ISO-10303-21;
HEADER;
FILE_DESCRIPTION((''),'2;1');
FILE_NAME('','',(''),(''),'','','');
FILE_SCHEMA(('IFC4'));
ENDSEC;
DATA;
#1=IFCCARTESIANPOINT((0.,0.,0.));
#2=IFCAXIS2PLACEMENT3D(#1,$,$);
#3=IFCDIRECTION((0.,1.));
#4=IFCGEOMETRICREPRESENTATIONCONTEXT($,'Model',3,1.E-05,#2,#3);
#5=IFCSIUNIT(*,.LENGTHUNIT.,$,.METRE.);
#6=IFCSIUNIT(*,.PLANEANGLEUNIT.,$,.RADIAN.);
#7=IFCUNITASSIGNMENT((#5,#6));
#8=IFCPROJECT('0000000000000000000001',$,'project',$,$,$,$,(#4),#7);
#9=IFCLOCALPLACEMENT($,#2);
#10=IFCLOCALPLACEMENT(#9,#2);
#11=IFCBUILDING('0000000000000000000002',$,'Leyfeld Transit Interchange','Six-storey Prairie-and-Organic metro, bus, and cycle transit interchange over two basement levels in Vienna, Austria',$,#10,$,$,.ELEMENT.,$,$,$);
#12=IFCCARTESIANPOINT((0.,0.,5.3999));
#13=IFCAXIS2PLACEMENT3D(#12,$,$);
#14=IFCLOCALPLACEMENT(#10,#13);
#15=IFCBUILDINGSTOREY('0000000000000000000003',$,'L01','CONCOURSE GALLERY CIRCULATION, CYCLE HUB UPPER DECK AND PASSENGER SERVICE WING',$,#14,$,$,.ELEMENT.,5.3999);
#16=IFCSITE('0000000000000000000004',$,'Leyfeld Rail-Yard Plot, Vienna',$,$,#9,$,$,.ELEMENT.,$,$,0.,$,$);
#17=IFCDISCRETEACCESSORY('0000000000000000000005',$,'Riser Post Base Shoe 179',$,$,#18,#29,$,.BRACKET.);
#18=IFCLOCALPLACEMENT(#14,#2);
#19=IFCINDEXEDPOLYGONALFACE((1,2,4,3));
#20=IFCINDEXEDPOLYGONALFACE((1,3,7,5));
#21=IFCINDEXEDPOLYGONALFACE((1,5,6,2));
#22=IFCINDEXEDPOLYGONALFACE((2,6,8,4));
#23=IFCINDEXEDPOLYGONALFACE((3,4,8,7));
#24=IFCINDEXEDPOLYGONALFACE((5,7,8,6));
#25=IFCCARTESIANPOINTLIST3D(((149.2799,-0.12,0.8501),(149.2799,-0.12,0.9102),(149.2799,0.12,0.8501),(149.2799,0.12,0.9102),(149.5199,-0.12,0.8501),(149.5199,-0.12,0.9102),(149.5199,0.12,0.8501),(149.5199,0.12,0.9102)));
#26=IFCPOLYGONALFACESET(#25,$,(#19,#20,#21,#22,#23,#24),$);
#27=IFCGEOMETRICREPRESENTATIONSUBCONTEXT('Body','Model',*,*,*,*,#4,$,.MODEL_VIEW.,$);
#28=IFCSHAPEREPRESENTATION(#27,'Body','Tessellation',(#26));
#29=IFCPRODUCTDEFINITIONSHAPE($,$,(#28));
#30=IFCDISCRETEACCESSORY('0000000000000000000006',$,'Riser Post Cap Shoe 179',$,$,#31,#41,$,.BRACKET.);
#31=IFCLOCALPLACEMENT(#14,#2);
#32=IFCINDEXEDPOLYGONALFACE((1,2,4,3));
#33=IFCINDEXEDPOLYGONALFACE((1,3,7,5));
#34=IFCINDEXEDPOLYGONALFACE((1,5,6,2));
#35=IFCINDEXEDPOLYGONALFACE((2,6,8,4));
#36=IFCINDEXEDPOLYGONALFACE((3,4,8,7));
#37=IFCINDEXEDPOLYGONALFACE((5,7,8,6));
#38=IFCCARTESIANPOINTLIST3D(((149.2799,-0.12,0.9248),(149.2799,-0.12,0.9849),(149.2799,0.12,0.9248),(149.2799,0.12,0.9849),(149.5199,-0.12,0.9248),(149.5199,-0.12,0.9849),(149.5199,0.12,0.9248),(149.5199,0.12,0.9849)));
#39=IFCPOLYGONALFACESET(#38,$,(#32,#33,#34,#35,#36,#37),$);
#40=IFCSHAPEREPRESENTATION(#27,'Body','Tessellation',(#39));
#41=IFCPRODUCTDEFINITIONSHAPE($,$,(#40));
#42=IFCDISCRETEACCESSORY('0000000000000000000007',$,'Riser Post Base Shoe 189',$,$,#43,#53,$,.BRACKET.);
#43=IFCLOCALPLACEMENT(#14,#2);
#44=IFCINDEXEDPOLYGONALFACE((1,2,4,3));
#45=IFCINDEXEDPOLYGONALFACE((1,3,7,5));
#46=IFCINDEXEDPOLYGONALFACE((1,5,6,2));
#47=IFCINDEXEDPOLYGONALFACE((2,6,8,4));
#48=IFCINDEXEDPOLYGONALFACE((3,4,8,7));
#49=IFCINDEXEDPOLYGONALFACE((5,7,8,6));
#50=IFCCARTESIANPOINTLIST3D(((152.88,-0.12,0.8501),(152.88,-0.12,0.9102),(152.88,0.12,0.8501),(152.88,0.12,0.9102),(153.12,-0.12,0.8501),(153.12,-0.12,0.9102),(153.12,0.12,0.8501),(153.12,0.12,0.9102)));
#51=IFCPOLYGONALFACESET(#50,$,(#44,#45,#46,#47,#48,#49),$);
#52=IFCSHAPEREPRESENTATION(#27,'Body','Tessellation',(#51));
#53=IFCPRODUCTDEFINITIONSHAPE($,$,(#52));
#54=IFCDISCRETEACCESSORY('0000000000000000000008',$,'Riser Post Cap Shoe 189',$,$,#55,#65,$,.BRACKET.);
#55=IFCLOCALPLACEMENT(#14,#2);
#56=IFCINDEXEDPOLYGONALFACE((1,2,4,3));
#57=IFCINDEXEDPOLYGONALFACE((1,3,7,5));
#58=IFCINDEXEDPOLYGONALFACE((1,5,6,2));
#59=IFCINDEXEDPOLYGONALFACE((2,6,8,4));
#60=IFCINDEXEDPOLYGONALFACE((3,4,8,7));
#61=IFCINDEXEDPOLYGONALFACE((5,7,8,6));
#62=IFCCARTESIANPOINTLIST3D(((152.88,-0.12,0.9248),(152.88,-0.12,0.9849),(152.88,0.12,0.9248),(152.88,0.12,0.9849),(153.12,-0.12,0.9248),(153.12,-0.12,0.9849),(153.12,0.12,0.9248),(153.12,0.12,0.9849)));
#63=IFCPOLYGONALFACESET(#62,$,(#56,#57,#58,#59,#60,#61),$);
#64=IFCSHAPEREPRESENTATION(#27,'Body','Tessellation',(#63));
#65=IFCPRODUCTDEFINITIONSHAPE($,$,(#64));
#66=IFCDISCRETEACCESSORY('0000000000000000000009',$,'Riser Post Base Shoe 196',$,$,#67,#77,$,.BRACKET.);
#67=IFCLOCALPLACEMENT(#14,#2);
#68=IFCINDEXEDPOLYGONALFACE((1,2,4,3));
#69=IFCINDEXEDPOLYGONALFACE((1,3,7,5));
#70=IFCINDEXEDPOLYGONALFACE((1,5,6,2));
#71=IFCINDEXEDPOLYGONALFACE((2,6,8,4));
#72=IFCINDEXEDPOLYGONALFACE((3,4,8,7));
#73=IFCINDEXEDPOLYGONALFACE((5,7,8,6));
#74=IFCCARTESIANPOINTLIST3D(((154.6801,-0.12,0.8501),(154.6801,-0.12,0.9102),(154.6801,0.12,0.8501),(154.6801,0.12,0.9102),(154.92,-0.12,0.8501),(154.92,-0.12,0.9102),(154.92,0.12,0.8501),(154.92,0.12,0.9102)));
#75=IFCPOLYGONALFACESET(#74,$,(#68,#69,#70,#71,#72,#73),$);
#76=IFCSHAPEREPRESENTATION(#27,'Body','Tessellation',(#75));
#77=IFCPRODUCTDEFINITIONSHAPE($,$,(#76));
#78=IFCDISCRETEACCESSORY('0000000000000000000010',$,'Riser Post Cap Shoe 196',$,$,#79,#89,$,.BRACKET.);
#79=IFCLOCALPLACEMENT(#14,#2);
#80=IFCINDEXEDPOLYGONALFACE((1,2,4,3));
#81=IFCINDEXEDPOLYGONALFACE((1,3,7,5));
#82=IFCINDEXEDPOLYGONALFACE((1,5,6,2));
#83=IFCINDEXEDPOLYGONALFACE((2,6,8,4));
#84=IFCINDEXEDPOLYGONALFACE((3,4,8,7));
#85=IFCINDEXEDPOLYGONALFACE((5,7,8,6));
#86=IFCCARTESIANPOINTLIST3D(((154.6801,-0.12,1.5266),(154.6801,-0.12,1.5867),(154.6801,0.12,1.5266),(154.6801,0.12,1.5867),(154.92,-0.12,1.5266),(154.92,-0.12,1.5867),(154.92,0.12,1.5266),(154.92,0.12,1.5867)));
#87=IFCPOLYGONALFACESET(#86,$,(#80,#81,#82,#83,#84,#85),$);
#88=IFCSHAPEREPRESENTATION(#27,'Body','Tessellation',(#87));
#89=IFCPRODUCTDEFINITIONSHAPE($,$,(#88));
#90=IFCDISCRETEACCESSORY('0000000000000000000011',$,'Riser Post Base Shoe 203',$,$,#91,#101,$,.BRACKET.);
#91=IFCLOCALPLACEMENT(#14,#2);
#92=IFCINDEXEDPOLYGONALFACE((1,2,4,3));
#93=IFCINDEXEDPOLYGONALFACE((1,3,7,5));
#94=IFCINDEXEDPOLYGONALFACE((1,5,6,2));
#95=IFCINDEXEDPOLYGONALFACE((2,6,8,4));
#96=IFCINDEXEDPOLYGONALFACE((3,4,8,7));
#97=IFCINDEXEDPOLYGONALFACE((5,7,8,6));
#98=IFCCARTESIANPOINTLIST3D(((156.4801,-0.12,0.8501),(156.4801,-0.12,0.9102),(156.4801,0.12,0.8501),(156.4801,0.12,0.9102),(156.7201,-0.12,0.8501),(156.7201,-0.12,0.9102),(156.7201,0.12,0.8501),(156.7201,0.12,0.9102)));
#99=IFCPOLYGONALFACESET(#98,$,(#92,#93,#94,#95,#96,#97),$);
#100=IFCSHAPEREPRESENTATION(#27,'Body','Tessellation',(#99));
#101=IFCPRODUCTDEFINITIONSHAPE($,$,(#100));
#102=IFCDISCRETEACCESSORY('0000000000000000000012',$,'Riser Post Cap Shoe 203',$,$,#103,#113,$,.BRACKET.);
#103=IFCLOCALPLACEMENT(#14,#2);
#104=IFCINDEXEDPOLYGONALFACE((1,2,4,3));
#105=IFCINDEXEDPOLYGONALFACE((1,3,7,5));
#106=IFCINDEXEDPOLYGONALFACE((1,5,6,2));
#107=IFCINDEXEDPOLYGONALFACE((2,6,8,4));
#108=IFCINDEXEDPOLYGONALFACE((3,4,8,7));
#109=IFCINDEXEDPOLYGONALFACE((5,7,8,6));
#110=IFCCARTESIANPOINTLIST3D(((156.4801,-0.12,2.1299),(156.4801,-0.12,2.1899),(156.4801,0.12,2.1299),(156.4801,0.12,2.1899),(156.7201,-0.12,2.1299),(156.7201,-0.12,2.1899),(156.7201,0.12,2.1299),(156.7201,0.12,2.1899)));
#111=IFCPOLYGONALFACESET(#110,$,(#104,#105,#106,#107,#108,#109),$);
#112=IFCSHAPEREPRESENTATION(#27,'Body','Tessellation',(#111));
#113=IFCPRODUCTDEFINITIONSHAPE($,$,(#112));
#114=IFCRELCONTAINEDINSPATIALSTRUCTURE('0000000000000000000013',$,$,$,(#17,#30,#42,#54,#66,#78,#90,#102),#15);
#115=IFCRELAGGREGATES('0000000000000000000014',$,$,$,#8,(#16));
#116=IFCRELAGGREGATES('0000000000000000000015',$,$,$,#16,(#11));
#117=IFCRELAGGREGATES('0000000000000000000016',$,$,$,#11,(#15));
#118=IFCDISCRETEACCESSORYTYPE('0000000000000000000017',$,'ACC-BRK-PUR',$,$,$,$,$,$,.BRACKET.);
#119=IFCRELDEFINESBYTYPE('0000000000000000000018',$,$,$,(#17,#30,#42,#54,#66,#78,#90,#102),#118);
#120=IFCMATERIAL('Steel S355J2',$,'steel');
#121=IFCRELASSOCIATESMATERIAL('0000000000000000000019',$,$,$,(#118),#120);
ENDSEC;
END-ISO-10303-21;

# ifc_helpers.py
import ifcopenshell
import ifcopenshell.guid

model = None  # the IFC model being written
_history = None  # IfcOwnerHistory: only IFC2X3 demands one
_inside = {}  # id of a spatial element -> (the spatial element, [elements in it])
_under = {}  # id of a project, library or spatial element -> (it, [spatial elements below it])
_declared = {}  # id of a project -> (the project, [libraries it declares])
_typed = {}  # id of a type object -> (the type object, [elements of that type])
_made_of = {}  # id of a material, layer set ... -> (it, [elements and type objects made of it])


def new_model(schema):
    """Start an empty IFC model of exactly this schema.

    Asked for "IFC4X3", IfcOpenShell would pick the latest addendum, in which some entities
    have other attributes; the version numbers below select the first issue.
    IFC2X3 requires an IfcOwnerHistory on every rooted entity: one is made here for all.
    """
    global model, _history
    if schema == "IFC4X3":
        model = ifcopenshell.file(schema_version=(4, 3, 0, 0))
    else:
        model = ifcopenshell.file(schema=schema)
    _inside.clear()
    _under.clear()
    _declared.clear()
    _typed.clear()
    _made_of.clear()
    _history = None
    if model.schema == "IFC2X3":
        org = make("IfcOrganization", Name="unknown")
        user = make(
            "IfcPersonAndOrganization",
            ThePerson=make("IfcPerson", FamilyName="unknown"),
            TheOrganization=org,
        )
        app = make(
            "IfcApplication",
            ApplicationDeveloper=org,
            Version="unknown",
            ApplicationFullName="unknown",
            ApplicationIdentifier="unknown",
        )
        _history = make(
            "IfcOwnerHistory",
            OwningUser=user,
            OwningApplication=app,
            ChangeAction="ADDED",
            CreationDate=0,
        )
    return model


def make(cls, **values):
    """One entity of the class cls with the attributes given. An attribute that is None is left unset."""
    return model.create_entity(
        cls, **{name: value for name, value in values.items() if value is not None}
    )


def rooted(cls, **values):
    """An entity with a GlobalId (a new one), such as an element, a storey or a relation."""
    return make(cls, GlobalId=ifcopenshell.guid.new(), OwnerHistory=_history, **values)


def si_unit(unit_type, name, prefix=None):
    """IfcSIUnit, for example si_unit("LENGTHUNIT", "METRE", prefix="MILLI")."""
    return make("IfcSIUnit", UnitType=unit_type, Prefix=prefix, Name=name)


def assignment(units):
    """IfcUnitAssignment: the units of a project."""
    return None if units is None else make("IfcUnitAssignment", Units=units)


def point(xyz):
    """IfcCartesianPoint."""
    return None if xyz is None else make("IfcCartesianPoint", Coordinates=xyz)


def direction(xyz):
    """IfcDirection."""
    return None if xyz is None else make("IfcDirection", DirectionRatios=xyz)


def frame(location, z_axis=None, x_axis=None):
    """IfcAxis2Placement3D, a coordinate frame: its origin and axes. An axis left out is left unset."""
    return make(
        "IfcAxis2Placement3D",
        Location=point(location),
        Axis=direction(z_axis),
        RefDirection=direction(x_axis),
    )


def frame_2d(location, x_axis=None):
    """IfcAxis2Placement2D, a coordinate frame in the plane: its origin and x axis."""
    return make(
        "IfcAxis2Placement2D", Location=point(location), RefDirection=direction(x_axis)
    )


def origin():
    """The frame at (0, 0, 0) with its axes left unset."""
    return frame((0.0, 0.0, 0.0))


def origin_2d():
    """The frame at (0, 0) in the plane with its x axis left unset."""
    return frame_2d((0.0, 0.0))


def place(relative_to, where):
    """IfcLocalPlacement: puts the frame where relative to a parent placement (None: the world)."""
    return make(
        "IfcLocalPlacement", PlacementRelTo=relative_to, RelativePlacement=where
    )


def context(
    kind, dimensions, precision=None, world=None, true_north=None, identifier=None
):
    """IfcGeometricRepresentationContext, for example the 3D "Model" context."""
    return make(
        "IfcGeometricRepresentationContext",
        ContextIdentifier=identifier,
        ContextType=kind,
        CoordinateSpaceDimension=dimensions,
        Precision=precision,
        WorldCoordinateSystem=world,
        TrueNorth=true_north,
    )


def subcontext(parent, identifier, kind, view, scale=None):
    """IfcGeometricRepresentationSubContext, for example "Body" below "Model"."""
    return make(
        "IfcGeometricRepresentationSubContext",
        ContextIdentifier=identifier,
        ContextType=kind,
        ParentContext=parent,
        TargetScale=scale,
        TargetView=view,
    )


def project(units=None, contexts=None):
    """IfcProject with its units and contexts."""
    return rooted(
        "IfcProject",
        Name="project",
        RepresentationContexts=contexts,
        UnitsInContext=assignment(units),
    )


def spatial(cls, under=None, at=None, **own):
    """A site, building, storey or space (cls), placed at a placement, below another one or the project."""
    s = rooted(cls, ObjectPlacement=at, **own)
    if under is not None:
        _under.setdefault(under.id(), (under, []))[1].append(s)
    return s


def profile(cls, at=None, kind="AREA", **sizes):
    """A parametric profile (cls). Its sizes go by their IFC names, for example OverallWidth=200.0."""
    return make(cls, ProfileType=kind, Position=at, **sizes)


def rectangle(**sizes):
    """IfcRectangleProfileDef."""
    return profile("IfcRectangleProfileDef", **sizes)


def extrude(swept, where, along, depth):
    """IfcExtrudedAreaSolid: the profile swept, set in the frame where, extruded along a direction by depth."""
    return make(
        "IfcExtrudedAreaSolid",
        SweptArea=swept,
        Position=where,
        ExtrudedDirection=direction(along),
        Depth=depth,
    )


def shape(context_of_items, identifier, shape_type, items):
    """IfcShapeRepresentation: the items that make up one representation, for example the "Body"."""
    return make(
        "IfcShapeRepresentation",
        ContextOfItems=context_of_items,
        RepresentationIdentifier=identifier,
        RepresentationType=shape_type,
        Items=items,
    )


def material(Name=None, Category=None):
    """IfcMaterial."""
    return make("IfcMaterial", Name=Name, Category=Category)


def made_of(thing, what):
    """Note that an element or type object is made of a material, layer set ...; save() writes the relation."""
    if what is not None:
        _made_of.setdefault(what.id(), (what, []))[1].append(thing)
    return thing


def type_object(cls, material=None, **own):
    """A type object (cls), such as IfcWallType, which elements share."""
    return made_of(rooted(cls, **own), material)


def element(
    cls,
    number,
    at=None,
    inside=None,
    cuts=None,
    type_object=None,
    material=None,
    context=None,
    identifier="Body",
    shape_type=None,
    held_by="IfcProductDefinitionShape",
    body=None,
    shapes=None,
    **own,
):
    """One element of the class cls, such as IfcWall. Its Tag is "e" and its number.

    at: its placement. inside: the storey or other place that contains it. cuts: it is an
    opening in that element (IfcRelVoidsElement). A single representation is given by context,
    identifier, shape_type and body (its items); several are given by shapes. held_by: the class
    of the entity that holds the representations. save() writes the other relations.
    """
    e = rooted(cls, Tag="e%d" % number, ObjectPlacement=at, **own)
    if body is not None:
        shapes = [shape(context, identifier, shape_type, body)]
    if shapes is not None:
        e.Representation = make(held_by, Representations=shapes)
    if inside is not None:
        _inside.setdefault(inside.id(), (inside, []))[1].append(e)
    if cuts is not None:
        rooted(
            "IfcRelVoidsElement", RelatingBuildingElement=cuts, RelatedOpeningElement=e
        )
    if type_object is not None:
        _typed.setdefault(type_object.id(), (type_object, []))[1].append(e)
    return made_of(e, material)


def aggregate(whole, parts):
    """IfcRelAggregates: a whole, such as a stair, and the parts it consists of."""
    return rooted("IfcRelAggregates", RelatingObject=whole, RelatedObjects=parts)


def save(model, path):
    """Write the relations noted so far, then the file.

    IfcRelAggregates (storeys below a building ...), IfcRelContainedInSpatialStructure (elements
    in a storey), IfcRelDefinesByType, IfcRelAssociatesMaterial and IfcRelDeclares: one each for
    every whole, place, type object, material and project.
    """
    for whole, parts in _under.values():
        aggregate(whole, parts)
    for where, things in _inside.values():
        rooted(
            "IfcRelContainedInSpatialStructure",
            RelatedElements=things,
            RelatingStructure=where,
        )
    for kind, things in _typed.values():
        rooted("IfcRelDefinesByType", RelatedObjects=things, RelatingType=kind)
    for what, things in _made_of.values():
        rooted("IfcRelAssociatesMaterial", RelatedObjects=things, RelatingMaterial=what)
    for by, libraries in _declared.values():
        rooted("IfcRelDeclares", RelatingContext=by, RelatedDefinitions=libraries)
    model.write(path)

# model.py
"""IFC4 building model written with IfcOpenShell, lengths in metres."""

from ifc_helpers import new_model, si_unit, direction, frame, origin, origin_2d, place, context, subcontext, project, spatial, rectangle, extrude, material, type_object, element, save


model = new_model("IFC4")

# Units and contexts
model_context = context("Model", 3, precision=1e-05, world=origin(), true_north=direction((0.0, 1.0)))
body_context = subcontext(model_context, "Body", "Model", "MODEL_VIEW")
ifc_project = project(units=[si_unit("LENGTHUNIT", "METRE"), si_unit("PLANEANGLEUNIT", "RADIAN")], contexts=[model_context])

# Site, building, storey
site_placement = place(None, origin())
site = spatial("IfcSite", under=ifc_project, at=site_placement, Name="Leyfeld Rail-Yard Plot, Vienna", CompositionType="ELEMENT", RefElevation=0.0)
building_placement = place(site_placement, origin())
building = spatial("IfcBuilding", under=site, at=building_placement, Name="Leyfeld Transit Interchange", Description="Six-storey Prairie-and-Organic metro, bus, and cycle transit interchange over two basement levels in Vienna, Austria", CompositionType="ELEMENT")
storey_placement = place(building_placement, frame((0.0, 0.0, 5.3999)))
storey = spatial("IfcBuildingStorey", under=building, at=storey_placement, Name="L01", Description="CONCOURSE GALLERY CIRCULATION, CYCLE HUB UPPER DECK AND PASSENGER SERVICE WING", CompositionType="ELEMENT", Elevation=5.3999)

# Shared definitions
ifc_material_1 = material(Name="Steel S355J2", Category="steel")

# Discrete accessories
discrete_accessory_type = type_object("IfcDiscreteAccessoryType", Name="ACC-BRK-PUR", PredefinedType="BRACKET", material=ifc_material_1)
for number, where, z_axis, x_axis, name in (
    (1, (149.3999, 0.0, 0.8501), (0.0, 0.0, 1.0), (1.0, 0.0, 0.0), "Riser Post Base Shoe 179"),
    (2, (149.3999, 0.0, 0.9248), (0.0, 0.0, 1.0), (1.0, 0.0, 0.0), "Riser Post Cap Shoe 179"),
    (3, (153.0, 0.0, 0.8501), (0.0, 0.0, 1.0), (1.0, 0.0, 0.0), "Riser Post Base Shoe 189"),
    (4, (153.0, 0.0, 0.9248), (0.0, 0.0, 1.0), (1.0, 0.0, 0.0), "Riser Post Cap Shoe 189"),
    (5, (154.8, 0.0, 0.8501), (0.0, 0.0, 1.0), (1.0, 0.0, 0.0), "Riser Post Base Shoe 196"),
    (6, (154.8, 0.0, 1.5266), (0.0, 0.0, 1.0), (1.0, 0.0, 0.0), "Riser Post Cap Shoe 196"),
    (7, (156.6001, 0.0, 0.8501), (0.0, 0.0, 1.0), (1.0, 0.0, 0.0), "Riser Post Base Shoe 203"),
    (8, (156.6001, 0.0, 2.1299), (0.0, 0.0, 1.0), (1.0, 0.0, 0.0), "Riser Post Cap Shoe 203"),
):
    element("IfcDiscreteAccessory", number, at=place(storey_placement, frame(where, z_axis=z_axis, x_axis=x_axis)), inside=storey, type_object=discrete_accessory_type, Name=name, PredefinedType="BRACKET", context=body_context, shape_type="SweptSolid", body=[
        extrude(rectangle(XDim=0.24, YDim=0.24, at=origin_2d()), origin(), (0.0, 0.0, 1.0), 0.0601),
    ])

save(model, "model.ifc")
